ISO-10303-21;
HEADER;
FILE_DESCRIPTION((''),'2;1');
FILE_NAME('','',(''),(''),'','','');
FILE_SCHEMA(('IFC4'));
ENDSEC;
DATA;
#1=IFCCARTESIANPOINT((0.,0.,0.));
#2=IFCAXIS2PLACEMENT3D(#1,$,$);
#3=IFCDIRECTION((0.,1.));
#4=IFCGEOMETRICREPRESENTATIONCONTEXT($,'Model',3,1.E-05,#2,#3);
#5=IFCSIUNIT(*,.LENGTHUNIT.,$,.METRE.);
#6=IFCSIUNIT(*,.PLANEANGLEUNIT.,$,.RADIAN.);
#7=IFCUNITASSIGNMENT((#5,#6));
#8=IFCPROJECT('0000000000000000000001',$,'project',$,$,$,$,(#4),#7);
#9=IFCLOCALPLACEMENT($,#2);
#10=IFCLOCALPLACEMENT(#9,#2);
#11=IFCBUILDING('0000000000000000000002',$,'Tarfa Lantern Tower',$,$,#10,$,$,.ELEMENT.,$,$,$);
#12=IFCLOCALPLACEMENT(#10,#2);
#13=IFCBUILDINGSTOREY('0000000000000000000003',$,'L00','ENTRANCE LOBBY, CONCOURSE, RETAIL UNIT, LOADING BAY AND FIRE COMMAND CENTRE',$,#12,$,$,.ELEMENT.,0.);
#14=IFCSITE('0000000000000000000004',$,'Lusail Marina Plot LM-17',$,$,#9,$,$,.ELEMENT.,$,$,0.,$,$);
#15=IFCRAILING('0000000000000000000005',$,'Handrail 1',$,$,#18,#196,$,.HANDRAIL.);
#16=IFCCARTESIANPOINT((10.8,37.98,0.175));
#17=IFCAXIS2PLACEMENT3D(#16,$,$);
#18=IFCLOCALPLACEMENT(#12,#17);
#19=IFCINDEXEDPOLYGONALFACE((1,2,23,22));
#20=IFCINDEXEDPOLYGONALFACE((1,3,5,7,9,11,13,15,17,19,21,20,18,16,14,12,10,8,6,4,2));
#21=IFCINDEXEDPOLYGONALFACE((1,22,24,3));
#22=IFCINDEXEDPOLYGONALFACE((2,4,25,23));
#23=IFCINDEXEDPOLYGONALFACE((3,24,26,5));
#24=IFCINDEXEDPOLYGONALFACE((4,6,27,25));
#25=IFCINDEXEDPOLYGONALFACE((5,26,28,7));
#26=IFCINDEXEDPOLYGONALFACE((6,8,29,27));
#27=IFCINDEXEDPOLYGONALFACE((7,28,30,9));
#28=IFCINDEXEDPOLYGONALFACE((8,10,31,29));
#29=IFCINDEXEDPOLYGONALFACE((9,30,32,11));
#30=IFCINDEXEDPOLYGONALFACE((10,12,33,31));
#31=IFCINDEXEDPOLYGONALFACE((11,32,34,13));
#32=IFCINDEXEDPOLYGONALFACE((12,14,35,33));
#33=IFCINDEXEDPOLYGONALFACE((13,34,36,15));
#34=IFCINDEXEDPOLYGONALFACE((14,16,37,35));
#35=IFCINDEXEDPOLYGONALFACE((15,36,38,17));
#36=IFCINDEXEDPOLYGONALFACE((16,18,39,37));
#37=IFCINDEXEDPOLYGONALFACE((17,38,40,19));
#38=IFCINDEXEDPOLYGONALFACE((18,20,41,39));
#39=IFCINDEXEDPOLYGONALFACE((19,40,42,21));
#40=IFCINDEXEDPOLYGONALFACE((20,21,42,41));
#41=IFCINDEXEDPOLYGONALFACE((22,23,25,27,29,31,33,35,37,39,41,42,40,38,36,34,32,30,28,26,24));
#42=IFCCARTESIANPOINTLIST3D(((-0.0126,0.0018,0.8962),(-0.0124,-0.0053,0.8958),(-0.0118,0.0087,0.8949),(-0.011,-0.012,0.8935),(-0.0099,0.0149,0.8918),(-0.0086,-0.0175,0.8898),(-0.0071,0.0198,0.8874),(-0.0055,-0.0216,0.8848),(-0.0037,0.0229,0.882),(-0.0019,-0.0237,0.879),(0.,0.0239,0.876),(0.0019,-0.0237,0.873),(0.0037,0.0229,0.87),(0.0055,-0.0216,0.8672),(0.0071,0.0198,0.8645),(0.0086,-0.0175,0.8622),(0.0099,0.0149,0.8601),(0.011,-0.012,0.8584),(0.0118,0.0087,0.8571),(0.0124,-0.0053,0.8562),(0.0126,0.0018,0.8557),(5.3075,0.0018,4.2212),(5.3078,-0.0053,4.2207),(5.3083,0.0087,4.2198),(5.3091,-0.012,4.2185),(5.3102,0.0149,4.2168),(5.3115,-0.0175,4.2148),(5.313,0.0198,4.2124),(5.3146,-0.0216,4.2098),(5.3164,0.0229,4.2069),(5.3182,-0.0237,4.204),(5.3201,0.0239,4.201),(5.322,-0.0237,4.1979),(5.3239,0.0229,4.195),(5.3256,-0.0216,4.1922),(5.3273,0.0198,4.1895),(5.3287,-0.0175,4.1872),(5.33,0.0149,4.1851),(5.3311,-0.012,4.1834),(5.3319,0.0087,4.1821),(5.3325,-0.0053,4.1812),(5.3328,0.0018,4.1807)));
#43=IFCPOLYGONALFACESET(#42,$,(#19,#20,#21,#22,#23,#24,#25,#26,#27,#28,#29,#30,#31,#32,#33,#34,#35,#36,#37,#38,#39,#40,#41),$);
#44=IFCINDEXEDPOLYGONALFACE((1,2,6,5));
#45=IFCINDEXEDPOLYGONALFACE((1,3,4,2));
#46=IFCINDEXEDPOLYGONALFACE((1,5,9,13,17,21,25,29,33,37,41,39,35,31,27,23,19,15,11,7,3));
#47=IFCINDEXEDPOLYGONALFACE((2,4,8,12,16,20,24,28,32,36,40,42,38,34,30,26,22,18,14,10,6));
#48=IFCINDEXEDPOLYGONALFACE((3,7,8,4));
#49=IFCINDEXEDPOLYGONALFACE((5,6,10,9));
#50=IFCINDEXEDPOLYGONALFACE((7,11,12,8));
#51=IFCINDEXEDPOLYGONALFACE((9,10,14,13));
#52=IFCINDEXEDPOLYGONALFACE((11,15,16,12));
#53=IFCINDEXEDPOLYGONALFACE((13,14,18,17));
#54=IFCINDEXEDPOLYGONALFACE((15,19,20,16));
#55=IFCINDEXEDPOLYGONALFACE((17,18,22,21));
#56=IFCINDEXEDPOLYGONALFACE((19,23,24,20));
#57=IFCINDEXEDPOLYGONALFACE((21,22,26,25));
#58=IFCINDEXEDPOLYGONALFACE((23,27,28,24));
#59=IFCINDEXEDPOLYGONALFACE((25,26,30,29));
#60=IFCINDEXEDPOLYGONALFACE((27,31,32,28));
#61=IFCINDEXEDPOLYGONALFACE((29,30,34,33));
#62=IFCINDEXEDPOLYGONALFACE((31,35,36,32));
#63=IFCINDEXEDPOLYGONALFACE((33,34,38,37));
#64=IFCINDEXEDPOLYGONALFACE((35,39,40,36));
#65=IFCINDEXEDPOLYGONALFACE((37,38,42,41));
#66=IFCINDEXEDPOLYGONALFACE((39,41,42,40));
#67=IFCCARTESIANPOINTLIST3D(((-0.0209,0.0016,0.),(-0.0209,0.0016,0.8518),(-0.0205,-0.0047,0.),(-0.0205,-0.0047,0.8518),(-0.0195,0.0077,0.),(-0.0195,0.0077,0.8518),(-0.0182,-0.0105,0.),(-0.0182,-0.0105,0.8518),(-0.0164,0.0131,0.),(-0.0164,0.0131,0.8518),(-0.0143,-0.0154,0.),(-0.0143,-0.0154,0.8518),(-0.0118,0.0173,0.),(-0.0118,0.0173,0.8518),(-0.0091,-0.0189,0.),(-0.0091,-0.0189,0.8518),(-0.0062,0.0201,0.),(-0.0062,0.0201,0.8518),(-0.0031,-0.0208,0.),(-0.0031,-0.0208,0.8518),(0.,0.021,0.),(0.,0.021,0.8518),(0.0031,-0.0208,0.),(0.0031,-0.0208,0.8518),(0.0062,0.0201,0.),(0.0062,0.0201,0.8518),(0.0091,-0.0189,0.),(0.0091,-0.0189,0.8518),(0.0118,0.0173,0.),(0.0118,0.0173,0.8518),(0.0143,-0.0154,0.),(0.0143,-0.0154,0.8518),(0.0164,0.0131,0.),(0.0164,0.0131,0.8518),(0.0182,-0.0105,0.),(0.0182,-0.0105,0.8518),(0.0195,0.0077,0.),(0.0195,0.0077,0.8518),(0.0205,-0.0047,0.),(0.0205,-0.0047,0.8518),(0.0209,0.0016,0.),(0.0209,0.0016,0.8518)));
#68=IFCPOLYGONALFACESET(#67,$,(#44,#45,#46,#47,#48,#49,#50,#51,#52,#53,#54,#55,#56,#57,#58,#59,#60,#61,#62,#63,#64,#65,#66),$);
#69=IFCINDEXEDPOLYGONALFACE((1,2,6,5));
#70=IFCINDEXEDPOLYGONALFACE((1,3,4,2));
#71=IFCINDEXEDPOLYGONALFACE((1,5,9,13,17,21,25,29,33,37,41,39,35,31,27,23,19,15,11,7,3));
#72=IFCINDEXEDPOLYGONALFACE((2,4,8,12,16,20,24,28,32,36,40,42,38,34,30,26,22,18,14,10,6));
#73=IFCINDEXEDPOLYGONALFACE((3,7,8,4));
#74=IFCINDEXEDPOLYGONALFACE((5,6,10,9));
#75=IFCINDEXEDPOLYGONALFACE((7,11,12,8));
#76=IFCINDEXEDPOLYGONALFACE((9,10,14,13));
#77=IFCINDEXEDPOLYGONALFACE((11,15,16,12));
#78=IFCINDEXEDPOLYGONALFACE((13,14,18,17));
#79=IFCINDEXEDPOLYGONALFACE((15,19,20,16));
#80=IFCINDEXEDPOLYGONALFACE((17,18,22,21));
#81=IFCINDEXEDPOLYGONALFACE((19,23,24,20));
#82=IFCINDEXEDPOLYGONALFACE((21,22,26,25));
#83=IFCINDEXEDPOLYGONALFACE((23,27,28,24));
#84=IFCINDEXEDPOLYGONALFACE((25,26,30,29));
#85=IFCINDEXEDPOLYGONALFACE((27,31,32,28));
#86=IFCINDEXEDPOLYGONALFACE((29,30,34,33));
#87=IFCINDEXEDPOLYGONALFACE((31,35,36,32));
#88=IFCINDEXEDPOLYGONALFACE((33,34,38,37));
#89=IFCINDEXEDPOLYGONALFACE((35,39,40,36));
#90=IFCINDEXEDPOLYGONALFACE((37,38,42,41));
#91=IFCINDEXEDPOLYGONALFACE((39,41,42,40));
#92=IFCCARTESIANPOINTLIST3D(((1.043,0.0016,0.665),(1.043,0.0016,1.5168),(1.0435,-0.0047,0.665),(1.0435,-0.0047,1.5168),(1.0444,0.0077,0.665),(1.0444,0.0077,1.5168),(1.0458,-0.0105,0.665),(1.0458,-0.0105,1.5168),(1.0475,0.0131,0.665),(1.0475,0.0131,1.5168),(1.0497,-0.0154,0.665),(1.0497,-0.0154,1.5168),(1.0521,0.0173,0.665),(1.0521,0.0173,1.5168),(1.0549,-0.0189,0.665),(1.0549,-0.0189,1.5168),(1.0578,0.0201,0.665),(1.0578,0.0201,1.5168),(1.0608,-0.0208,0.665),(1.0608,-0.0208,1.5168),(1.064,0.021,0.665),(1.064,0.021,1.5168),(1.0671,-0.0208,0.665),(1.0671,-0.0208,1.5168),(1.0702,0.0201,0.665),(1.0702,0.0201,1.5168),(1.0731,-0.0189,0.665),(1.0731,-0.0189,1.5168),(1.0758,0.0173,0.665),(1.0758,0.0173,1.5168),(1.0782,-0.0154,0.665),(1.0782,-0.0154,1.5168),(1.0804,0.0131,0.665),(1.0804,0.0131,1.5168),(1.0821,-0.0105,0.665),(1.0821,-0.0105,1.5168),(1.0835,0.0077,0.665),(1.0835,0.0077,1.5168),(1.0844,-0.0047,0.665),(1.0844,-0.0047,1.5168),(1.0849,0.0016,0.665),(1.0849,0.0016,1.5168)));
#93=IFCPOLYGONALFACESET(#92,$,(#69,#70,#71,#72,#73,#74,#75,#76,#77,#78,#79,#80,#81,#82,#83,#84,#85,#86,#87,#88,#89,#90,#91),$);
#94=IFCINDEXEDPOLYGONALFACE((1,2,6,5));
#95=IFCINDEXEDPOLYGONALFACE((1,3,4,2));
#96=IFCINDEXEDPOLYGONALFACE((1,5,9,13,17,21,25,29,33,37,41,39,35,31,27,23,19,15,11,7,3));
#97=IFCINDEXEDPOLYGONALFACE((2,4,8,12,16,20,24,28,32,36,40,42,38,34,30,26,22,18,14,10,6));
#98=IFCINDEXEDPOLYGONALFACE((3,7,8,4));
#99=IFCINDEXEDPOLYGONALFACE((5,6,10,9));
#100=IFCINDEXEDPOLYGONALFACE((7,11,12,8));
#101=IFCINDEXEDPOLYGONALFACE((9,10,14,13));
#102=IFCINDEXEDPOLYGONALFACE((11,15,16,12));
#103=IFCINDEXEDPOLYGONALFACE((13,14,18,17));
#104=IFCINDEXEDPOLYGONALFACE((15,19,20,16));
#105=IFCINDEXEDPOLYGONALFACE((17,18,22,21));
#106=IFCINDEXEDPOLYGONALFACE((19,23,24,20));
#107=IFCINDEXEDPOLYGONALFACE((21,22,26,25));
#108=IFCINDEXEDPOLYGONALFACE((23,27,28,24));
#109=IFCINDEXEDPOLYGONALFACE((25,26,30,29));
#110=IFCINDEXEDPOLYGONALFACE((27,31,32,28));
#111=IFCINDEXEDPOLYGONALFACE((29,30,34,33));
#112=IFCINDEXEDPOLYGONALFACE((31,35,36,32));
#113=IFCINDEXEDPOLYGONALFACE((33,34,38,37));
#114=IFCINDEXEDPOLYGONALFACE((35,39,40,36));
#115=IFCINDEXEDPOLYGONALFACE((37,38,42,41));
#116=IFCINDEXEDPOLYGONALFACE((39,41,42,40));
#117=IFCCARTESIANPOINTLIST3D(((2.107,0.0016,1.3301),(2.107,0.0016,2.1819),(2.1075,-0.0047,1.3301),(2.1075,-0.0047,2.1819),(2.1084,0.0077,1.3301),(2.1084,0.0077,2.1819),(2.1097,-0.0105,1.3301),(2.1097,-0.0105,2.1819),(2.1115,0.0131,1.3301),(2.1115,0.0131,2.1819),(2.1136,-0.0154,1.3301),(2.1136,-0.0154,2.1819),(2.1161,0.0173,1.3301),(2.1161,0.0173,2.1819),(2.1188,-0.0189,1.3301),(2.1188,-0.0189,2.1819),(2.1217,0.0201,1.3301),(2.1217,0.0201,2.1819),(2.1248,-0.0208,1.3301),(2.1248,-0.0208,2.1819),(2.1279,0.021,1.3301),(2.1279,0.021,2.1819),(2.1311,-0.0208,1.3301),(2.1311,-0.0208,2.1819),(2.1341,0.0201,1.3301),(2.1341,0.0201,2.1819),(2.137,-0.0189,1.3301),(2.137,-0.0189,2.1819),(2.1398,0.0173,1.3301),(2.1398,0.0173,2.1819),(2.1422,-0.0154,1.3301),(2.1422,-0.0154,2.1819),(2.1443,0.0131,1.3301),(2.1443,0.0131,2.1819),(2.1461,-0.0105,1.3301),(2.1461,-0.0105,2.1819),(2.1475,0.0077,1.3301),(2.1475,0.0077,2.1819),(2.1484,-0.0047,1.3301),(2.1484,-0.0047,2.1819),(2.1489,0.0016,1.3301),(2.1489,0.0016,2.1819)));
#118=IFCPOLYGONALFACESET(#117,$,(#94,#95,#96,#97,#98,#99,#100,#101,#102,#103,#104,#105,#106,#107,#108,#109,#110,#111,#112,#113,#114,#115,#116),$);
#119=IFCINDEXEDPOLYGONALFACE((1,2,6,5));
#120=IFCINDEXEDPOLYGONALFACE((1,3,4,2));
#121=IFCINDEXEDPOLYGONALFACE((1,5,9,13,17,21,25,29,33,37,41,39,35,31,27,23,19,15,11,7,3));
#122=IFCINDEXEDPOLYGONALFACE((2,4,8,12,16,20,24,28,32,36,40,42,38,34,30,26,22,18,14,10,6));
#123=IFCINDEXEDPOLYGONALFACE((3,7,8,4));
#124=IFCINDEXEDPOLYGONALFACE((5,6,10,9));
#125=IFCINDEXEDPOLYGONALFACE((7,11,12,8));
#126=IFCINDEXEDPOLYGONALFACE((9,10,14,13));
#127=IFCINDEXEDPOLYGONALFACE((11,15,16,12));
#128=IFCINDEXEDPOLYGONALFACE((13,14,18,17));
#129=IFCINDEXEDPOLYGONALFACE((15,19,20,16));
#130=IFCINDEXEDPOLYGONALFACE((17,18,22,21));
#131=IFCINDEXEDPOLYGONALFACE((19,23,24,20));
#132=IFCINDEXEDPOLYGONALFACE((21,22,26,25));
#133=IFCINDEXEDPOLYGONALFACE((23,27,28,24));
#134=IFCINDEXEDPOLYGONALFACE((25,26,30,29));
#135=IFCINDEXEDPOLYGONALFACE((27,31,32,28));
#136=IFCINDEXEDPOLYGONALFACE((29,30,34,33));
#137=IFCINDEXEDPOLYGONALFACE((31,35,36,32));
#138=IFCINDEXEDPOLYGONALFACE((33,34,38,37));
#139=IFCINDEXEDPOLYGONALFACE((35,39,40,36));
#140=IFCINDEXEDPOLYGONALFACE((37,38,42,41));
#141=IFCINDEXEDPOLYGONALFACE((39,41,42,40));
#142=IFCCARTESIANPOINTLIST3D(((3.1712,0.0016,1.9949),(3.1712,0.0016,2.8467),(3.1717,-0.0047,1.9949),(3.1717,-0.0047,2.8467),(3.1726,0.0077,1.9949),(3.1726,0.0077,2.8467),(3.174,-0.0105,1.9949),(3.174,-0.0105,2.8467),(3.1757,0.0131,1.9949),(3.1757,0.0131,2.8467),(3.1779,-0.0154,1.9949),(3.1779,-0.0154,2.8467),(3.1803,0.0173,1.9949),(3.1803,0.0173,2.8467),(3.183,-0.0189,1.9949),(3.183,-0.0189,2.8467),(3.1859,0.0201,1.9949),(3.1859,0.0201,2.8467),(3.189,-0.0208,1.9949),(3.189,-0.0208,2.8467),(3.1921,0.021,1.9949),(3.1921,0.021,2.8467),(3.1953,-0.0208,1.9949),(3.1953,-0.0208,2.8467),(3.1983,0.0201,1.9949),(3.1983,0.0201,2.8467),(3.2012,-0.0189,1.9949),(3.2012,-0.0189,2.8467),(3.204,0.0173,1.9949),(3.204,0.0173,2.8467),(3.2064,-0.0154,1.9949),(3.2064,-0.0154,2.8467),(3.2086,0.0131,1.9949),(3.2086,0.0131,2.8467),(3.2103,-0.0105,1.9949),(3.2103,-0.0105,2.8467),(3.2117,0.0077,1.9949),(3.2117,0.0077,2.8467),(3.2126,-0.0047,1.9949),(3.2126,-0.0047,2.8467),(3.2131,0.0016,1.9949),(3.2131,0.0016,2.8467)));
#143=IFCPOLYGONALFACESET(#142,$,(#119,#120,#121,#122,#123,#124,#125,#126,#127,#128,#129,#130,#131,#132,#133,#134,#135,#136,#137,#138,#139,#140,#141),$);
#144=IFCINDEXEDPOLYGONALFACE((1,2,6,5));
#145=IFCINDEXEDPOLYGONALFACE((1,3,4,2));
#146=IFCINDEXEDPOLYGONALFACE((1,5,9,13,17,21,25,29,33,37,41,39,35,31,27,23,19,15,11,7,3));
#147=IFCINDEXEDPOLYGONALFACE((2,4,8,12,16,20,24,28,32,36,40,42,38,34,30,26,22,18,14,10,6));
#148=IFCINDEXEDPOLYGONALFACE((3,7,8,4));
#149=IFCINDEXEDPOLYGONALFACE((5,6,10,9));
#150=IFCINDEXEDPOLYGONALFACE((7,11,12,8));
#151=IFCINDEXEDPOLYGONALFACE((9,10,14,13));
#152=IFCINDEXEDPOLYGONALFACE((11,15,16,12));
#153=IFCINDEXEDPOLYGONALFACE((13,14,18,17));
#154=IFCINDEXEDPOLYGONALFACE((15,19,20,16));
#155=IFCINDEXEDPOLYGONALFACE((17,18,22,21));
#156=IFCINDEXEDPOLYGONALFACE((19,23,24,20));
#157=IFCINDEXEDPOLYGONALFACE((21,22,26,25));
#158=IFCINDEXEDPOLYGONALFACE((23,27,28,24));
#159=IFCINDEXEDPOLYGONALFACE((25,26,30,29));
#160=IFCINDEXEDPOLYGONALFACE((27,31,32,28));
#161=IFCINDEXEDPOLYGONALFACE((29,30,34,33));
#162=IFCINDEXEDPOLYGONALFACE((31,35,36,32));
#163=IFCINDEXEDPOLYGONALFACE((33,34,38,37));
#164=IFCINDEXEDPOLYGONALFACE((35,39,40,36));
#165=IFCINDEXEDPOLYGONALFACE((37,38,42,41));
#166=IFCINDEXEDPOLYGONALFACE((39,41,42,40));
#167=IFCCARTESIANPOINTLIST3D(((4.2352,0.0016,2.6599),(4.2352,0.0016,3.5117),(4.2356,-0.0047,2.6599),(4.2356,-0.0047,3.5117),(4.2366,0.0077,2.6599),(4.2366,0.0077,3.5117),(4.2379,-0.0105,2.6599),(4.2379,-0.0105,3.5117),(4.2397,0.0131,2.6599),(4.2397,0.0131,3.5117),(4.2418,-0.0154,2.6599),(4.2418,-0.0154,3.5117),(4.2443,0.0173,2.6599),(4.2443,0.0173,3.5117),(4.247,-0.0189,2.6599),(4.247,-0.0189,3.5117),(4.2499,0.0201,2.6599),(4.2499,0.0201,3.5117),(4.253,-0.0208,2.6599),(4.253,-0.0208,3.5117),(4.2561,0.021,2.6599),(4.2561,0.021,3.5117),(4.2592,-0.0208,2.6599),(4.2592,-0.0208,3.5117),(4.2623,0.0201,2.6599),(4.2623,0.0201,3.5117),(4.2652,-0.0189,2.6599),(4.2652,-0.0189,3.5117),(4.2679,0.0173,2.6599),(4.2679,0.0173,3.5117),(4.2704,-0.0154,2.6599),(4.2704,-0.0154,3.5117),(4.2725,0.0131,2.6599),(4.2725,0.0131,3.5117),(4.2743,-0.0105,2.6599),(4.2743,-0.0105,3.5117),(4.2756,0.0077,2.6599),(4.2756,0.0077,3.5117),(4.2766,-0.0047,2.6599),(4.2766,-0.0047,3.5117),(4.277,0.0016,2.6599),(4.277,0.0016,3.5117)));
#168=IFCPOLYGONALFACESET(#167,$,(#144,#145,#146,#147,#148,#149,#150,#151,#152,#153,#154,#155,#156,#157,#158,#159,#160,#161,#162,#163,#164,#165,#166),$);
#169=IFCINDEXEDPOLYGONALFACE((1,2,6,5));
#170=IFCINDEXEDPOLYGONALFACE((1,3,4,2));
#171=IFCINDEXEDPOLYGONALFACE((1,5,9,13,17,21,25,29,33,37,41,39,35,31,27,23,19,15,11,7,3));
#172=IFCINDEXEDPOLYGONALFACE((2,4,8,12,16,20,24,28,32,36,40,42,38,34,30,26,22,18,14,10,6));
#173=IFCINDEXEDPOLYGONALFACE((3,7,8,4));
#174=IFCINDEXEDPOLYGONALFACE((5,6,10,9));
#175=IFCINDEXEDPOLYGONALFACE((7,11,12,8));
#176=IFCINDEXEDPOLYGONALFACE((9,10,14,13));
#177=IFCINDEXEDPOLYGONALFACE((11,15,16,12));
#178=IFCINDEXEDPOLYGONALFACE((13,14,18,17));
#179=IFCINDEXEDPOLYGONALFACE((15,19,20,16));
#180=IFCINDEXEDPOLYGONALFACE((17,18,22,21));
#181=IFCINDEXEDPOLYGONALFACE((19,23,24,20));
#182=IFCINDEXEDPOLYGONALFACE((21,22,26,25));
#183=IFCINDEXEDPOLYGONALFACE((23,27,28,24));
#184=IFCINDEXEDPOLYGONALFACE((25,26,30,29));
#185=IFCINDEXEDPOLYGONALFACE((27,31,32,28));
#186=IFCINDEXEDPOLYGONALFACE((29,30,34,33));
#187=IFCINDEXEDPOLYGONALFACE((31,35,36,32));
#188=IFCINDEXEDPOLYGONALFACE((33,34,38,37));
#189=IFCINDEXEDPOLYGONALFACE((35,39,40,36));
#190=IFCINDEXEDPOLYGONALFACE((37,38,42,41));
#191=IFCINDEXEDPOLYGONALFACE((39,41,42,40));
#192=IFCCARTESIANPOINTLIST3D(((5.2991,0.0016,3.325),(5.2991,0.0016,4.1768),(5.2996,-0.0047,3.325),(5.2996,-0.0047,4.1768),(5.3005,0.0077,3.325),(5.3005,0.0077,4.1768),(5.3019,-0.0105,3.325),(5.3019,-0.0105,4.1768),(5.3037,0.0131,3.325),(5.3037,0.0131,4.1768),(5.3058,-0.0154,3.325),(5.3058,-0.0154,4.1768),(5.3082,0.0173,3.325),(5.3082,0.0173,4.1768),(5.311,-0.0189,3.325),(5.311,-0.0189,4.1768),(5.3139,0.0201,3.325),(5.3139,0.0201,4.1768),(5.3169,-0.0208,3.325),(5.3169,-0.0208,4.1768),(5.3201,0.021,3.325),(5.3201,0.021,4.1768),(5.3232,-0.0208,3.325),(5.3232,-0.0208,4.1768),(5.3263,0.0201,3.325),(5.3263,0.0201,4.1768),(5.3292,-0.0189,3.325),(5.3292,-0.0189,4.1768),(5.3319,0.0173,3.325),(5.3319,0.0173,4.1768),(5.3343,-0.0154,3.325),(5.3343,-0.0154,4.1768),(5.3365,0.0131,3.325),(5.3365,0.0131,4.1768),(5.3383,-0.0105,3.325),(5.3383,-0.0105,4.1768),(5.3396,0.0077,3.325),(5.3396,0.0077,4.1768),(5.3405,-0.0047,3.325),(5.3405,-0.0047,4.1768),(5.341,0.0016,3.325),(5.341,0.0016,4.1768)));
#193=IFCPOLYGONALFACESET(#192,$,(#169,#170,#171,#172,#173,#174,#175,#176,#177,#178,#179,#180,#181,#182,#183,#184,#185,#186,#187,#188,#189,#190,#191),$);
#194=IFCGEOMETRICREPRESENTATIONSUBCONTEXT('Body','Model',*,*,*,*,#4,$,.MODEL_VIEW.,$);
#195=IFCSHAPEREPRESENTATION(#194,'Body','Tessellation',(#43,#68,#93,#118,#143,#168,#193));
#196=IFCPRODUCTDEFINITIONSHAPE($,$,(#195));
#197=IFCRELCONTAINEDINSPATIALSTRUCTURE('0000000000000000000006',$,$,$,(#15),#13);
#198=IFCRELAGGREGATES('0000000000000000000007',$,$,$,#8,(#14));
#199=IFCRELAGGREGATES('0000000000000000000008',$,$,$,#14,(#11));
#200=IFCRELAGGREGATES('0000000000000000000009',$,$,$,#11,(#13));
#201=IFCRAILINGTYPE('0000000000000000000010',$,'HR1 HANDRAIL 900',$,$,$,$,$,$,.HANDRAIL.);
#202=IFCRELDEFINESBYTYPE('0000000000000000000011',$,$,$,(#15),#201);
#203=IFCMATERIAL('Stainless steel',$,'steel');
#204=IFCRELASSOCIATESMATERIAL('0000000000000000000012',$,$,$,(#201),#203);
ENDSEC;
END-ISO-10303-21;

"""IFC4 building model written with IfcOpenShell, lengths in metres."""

from ifc_helpers import new_model, si_unit, direction, frame, origin, origin_2d, place, context, subcontext, project, spatial, circle, extrude, material, type_object, element, save


model = new_model("IFC4")

# Units and contexts
model_context = context("Model", 3, precision=1e-05, world=origin(), true_north=direction((0.0, 1.0)))
body_context = subcontext(model_context, "Body", "Model", "MODEL_VIEW")
ifc_project = project(units=[si_unit("LENGTHUNIT", "METRE"), si_unit("PLANEANGLEUNIT", "RADIAN")], contexts=[model_context])

# Site, building, storey
site_placement = place(None, origin())
site = spatial("IfcSite", under=ifc_project, at=site_placement, Name="Lusail Marina Plot LM-17", CompositionType="ELEMENT", RefElevation=0.0)
building_placement = place(site_placement, origin())
building = spatial("IfcBuilding", under=site, at=building_placement, Name="Tarfa Lantern Tower", CompositionType="ELEMENT")
storey_placement = place(building_placement, origin())
storey = spatial("IfcBuildingStorey", under=building, at=storey_placement, Name="L00", Description="ENTRANCE LOBBY, CONCOURSE, RETAIL UNIT, LOADING BAY AND FIRE COMMAND CENTRE", CompositionType="ELEMENT", Elevation=0.0)

# Railing
ifc_material_1 = material(Name="Stainless steel", Category="steel")
railing_type = type_object("IfcRailingType", Name="HR1 HANDRAIL 900", PredefinedType="HANDRAIL", material=ifc_material_1)
railing_placement = place(storey_placement, frame((10.8, 37.98, 0.175)))
element("IfcRailing", 1, at=railing_placement, inside=storey, type_object=railing_type, Name="Handrail 1", PredefinedType="HANDRAIL", context=body_context, shape_type="SweptSolid", body=[
    extrude(circle(Radius=0.0239, at=origin_2d()), frame((0.0, 0.0, 0.876), z_axis=(0.848005, 0.0, 0.529988), x_axis=(0.0, 1.0, 0.0)), (0.0, 0.0, 1.0), 6.2737),
    extrude(circle(Radius=0.021, at=origin_2d()), frame((0.0, 0.0, 0.0), z_axis=(0.0, 0.0, 1.0), x_axis=(0.0, 1.0, 0.0)), (0.0, 0.0, 1.0), 0.8518),
    extrude(circle(Radius=0.021, at=origin_2d()), frame((1.064, 0.0, 0.665), z_axis=(0.0, 0.0, 1.0), x_axis=(0.0, 1.0, 0.0)), (0.0, 0.0, 1.0), 0.8518),
    extrude(circle(Radius=0.021, at=origin_2d()), frame((2.1279, 0.0, 1.3301), z_axis=(0.0, 0.0, 1.0), x_axis=(0.0, 1.0, 0.0)), (0.0, 0.0, 1.0), 0.8518),
    extrude(circle(Radius=0.021, at=origin_2d()), frame((3.1921, 0.0, 1.9949), z_axis=(0.0, 0.0, 1.0), x_axis=(0.0, 1.0, 0.0)), (0.0, 0.0, 1.0), 0.8518),
    extrude(circle(Radius=0.021, at=origin_2d()), frame((4.2561, 0.0, 2.6599), z_axis=(0.0, 0.0, 1.0), x_axis=(0.0, 1.0, 0.0)), (0.0, 0.0, 1.0), 0.8518),
    extrude(circle(Radius=0.021, at=origin_2d()), frame((5.3201, 0.0, 3.325), z_axis=(0.0, 0.0, 1.0), x_axis=(0.0, 1.0, 0.0)), (0.0, 0.0, 1.0), 0.8518),
])

save(model, "model.ifc")
